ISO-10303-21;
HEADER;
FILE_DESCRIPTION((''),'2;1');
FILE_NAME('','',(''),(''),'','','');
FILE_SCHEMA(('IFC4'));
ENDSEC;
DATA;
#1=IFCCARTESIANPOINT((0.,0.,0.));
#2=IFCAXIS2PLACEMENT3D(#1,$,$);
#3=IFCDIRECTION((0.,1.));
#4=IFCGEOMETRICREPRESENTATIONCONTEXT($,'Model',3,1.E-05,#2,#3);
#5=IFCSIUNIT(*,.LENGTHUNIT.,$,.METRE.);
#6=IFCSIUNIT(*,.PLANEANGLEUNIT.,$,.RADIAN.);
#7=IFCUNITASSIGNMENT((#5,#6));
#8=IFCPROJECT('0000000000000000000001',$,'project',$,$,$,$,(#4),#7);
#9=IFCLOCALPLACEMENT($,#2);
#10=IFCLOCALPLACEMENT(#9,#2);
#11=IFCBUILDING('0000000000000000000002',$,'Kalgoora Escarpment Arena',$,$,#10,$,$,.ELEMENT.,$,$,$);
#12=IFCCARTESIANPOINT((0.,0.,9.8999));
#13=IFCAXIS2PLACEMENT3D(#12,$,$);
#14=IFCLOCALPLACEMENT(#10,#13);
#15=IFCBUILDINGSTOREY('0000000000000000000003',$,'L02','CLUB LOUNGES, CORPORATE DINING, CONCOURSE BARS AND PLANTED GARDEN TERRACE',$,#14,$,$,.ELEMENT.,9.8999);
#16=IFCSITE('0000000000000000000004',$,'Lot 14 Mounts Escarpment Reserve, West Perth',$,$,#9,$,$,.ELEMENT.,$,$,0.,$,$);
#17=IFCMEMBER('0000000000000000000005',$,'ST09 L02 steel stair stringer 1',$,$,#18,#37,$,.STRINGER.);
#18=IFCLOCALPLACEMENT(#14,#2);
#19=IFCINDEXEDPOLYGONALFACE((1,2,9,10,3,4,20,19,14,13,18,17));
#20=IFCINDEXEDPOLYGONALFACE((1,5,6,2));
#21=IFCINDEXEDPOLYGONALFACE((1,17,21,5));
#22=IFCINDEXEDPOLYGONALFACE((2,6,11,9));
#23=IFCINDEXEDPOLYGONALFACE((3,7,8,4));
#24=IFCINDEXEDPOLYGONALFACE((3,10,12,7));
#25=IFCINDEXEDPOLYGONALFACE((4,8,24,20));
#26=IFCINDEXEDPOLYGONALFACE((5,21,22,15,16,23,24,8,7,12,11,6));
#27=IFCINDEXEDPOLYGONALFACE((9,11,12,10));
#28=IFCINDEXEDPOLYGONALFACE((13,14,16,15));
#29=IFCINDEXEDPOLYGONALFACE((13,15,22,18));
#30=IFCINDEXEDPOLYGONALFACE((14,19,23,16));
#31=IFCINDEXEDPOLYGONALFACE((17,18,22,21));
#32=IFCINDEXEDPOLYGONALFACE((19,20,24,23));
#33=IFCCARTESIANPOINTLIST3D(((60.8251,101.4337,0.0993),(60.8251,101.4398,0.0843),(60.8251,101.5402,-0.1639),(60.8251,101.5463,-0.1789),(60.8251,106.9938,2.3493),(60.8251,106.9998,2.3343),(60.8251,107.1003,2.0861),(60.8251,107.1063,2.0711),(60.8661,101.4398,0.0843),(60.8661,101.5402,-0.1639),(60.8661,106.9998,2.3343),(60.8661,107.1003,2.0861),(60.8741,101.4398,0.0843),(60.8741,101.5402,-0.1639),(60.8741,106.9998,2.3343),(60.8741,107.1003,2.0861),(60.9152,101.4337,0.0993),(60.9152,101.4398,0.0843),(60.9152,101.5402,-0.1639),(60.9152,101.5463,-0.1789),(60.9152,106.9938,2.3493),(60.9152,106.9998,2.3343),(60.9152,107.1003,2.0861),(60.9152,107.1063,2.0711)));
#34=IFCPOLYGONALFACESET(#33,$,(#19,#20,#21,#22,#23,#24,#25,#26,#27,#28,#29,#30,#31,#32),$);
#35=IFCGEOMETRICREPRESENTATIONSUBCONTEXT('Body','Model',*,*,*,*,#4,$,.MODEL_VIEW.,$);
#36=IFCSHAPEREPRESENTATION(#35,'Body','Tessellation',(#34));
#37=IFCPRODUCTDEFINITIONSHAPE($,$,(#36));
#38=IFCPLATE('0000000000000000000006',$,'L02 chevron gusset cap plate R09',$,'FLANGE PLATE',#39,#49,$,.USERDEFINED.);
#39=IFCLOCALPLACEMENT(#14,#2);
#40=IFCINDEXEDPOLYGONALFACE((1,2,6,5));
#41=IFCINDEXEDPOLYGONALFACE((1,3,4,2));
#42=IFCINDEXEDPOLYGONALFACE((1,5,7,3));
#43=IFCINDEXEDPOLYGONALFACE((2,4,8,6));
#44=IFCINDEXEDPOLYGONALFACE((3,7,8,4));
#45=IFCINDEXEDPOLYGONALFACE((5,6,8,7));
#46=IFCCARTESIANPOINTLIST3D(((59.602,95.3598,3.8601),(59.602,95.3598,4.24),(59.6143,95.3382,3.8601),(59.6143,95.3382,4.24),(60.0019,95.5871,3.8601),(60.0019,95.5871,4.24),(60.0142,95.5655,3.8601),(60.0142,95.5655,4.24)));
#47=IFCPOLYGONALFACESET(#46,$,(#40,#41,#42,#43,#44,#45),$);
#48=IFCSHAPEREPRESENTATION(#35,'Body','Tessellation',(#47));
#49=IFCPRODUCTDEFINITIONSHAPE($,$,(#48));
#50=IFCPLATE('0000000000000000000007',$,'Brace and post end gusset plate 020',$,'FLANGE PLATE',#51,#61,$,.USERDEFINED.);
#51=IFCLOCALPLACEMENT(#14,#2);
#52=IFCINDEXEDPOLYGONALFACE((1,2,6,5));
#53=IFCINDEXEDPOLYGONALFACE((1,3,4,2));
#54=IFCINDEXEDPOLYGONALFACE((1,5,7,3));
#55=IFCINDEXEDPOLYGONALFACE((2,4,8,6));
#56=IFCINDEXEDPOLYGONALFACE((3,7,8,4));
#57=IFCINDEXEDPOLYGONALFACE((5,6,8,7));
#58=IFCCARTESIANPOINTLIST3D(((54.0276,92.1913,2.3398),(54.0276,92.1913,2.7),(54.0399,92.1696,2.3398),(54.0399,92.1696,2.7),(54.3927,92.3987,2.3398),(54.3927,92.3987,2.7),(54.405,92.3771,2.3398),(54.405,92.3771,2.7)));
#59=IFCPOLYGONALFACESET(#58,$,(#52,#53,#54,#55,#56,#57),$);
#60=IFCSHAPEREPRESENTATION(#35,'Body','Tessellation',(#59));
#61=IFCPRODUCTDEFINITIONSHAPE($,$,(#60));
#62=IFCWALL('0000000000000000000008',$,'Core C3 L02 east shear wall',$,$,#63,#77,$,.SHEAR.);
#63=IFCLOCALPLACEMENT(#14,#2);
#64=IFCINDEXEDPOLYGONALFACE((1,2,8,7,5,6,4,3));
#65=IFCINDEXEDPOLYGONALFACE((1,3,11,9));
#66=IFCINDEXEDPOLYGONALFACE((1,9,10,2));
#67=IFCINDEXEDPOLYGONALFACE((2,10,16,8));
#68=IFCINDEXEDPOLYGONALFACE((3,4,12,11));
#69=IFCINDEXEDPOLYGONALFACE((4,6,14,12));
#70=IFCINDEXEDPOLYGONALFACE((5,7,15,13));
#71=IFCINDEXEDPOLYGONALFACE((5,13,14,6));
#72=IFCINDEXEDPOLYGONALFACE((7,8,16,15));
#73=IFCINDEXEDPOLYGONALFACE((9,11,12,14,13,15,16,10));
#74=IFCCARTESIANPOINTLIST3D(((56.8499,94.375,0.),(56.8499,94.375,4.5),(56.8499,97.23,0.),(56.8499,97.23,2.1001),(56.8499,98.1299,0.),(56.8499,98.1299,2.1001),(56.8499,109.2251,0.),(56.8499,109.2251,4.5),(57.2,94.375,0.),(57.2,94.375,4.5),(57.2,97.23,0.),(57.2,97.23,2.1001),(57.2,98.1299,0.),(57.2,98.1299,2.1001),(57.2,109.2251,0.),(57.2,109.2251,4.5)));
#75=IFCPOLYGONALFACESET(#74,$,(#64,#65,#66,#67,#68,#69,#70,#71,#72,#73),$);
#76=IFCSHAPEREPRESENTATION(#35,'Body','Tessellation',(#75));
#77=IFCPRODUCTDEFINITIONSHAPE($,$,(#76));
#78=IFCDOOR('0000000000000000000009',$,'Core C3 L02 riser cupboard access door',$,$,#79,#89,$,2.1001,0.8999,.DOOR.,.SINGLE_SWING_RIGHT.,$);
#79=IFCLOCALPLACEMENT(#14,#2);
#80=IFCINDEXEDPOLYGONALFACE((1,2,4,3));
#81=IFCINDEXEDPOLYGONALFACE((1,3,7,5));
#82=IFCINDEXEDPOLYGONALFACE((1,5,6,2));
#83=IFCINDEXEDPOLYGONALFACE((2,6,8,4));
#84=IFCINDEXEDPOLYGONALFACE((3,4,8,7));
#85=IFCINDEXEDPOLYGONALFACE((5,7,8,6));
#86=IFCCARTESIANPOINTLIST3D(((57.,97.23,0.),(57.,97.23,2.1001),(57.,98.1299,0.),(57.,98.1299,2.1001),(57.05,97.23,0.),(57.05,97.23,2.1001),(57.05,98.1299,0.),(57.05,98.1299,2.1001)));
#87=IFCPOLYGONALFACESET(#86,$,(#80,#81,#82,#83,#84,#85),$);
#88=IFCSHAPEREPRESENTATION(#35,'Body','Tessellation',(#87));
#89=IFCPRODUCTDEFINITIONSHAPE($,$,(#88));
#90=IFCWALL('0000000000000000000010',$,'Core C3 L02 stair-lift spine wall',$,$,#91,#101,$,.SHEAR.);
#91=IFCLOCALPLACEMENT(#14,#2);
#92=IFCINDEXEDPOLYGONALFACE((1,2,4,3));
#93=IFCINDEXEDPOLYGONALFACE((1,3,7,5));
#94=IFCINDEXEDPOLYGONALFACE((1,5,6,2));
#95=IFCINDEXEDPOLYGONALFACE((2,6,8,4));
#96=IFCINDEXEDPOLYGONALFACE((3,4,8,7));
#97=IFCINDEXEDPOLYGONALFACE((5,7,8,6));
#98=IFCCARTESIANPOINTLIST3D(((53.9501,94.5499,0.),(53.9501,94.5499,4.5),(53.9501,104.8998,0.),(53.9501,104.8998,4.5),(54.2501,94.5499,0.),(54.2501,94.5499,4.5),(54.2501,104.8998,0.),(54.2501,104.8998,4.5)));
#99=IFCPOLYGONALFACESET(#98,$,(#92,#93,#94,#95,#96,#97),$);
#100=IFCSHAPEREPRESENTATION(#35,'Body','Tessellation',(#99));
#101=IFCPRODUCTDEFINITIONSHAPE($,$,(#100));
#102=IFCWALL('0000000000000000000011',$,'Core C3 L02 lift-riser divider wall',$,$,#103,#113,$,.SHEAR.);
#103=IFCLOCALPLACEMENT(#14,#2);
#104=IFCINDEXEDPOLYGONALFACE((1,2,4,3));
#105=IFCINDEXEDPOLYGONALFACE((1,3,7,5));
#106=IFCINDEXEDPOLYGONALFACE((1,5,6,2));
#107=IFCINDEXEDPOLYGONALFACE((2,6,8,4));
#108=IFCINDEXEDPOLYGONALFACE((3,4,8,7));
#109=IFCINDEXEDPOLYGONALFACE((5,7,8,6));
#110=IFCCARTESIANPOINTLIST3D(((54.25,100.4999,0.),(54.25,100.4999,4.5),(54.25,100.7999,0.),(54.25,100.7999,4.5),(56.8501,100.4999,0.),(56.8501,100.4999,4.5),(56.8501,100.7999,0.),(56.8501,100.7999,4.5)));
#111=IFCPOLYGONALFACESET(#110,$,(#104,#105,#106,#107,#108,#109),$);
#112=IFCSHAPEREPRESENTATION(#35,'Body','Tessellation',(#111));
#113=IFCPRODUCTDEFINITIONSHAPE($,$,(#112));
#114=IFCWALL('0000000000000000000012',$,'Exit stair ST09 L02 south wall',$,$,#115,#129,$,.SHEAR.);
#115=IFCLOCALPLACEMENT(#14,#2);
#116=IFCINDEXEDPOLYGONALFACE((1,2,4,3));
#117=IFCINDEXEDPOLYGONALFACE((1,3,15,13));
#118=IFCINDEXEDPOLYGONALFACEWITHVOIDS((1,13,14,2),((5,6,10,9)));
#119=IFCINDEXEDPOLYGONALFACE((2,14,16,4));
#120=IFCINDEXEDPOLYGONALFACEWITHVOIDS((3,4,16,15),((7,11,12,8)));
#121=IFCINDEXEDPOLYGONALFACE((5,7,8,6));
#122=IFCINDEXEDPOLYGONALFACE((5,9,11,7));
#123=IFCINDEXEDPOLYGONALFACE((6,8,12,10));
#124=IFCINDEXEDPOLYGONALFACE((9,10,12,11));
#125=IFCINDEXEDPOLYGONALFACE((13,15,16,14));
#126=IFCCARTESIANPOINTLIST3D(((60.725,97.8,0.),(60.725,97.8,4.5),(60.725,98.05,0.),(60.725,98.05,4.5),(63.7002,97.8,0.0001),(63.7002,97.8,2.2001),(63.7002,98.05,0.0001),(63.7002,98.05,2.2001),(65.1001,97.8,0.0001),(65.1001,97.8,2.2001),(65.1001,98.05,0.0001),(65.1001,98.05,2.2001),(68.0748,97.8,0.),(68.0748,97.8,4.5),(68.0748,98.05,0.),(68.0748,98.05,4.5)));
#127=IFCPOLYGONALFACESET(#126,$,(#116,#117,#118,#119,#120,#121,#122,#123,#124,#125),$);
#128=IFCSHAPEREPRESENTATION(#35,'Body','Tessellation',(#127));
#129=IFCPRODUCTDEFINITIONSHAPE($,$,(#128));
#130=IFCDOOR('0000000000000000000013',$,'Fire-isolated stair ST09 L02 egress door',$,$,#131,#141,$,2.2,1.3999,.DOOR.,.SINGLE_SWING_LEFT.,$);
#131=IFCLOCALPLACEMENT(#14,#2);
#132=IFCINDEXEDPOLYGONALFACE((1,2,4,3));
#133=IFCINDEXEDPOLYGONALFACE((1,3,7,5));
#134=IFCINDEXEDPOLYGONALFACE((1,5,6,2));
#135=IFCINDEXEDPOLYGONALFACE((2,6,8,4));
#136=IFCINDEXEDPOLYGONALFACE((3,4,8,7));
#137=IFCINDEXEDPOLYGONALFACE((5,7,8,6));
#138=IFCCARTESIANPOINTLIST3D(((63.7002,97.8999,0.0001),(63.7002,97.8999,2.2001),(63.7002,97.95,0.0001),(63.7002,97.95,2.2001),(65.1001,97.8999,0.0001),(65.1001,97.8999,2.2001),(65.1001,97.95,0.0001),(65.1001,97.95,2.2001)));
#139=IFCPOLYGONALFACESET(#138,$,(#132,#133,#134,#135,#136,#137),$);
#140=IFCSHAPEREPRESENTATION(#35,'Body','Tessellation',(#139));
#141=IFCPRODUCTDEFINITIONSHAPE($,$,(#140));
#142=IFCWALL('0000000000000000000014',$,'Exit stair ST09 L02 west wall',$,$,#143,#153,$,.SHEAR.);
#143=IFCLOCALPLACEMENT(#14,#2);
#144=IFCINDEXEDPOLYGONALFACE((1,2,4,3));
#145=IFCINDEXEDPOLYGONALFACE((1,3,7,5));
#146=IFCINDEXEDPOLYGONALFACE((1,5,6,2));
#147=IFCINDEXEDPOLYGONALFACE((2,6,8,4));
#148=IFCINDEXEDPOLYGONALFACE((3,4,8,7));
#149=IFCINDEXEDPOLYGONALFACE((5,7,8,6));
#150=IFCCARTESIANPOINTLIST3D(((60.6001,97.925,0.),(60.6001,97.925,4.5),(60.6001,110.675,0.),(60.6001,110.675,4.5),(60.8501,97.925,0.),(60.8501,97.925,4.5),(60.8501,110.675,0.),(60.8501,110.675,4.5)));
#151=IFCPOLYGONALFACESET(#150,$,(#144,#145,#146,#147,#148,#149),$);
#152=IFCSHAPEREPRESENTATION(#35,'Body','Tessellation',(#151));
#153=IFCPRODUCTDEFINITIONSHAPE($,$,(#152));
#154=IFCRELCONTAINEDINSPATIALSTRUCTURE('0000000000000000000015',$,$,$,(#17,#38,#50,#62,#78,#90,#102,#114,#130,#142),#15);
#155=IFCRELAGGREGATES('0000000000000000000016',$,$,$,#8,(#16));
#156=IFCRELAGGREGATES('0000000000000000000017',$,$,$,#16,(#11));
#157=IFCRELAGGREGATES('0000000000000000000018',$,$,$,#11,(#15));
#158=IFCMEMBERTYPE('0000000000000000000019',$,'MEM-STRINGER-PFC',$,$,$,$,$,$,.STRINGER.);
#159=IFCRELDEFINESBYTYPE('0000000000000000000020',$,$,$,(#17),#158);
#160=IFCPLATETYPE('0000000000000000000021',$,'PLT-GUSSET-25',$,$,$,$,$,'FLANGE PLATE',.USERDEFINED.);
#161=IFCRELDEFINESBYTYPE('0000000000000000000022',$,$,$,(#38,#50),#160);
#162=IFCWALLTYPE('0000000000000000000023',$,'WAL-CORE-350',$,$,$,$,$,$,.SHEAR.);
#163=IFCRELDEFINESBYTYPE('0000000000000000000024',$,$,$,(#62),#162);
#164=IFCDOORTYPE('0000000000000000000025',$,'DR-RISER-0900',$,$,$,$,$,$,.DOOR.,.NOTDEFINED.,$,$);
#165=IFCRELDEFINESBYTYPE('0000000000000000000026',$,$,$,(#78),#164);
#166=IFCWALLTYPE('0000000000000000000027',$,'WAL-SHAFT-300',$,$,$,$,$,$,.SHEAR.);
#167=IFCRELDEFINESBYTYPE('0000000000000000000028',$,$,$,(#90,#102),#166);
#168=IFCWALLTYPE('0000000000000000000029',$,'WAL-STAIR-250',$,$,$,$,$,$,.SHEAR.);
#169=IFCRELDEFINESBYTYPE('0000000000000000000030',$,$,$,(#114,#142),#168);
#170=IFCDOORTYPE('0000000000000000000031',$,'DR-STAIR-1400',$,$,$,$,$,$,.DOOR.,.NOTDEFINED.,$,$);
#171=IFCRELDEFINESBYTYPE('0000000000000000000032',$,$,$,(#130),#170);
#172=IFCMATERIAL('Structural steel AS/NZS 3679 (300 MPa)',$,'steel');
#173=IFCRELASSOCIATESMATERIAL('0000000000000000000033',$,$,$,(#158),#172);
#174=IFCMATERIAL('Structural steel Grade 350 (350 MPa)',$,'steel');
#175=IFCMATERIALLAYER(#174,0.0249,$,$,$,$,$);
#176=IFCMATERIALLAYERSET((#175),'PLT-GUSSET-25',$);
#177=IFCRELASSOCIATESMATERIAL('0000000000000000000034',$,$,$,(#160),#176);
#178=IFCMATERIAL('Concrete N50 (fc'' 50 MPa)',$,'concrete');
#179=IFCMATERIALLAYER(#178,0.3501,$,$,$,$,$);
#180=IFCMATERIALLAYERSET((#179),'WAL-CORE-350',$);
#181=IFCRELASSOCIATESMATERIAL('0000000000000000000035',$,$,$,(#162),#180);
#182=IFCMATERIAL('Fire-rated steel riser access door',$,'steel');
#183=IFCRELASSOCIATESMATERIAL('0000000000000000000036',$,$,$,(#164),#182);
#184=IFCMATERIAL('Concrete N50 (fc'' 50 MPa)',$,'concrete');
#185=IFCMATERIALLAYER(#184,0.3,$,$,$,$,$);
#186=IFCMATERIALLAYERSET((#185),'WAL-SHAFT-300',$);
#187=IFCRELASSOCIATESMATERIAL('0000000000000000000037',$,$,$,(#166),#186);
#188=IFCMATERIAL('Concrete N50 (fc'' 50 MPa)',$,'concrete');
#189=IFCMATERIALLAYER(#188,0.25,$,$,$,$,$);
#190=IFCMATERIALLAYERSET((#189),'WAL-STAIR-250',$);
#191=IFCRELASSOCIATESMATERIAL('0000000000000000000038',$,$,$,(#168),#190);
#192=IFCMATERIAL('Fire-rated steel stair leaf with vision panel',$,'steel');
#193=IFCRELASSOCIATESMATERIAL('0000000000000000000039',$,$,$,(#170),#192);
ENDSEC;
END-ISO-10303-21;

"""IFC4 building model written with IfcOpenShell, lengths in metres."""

from ifc_helpers import new_model, si_unit, direction, frame, frame_2d, origin, origin_2d, place, context, subcontext, project, spatial, rectangle, i_section, extrude, material, layer, layer_set, material_profile, profile_set, type_object, element, fill, save


model = new_model("IFC4")

# Units and contexts
model_context = context("Model", 3, precision=1e-05, world=origin(), true_north=direction((0.0, 1.0)))
body_context = subcontext(model_context, "Body", "Model", "MODEL_VIEW")
ifc_project = project(units=[si_unit("LENGTHUNIT", "METRE"), si_unit("PLANEANGLEUNIT", "RADIAN")], contexts=[model_context])

# Site, building, storey
site_placement = place(None, origin())
site = spatial("IfcSite", under=ifc_project, at=site_placement, Name="Lot 14 Mounts Escarpment Reserve, West Perth", CompositionType="ELEMENT", RefElevation=0.0)
building_placement = place(site_placement, origin())
building = spatial("IfcBuilding", under=site, at=building_placement, Name="Kalgoora Escarpment Arena", CompositionType="ELEMENT")
storey_placement = place(building_placement, frame((0.0, 0.0, 9.8999)))
storey = spatial("IfcBuildingStorey", under=building, at=storey_placement, Name="L02", Description="CLUB LOUNGES, CORPORATE DINING, CONCOURSE BARS AND PLANTED GARDEN TERRACE", CompositionType="ELEMENT", Elevation=9.8999)

# Member
ifc_material_1 = material(Name="Structural steel AS/NZS 3679 (300 MPa)", Category="steel")
ifc_material_profile_1 = material_profile(ifc_material_1, i_section(OverallWidth=0.0901, OverallDepth=0.3, WebThickness=0.0081, FlangeThickness=0.0161, at=origin_2d()))
ifc_profile_set_1 = profile_set([ifc_material_profile_1], Name="Structural steel AS/NZS 3679 (300 MPa)")
member_type_1 = type_object("IfcMemberType", Name="MEM-STRINGER-PFC", PredefinedType="STRINGER", material=ifc_profile_set_1)
member_1_placement = place(storey_placement, frame((60.8701, 101.49, -0.0398), z_axis=(0.0, 0.926976, 0.375121), x_axis=(-1.0, 0.0, 0.0)))
element("IfcMember", 1, at=member_1_placement, inside=storey, type_object=member_type_1, Name="ST09 L02 steel stair stringer 1", PredefinedType="STRINGER", context=body_context, shape_type="SweptSolid", body=[
    extrude(i_section(OverallWidth=0.0901, OverallDepth=0.3, WebThickness=0.0081, FlangeThickness=0.0161, at=origin_2d()), origin(), (0.0, 0.0, 1.0), 5.998),
])

# Plates
ifc_material_2 = material(Name="Structural steel Grade 350 (350 MPa)", Category="steel")
ifc_layer_1 = layer(ifc_material_2, 0.0249)
ifc_layer_set_1 = layer_set([ifc_layer_1], Name="PLT-GUSSET-25")
plate_type = type_object("IfcPlateType", Name="PLT-GUSSET-25", ElementType="FLANGE PLATE", PredefinedType="USERDEFINED", material=ifc_layer_set_1)
plate_1_placement = place(storey_placement, frame((59.8081, 95.4626, 3.8601), z_axis=(0.0, 0.0, 1.0), x_axis=(-0.869409, -0.494094, 0.0)))
element("IfcPlate", 2, at=plate_1_placement, inside=storey, type_object=plate_type, Name="L02 chevron gusset cap plate R09", ObjectType="FLANGE PLATE", PredefinedType="USERDEFINED", context=body_context, shape_type="SweptSolid", body=[
    extrude(rectangle(XDim=0.46, YDim=0.0249, at=origin_2d()), origin(), (0.0, 0.0, 1.0), 0.3799),
])
plate_2_placement = place(storey_placement, frame((54.2163, 92.2842, 2.3398), z_axis=(0.0, 0.0, 1.0), x_axis=(0.869495, 0.493942, 0.0)))
element("IfcPlate", 3, at=plate_2_placement, inside=storey, type_object=plate_type, Name="Brace and post end gusset plate 020", ObjectType="FLANGE PLATE", PredefinedType="USERDEFINED", context=body_context, shape_type="SweptSolid", body=[
    extrude(rectangle(XDim=0.4199, YDim=0.0249, at=origin_2d()), origin(), (0.0, 0.0, 1.0), 0.3601),
])

# Wall, opening, door
ifc_material_3 = material(Name="Concrete N50 (fc' 50 MPa)", Category="concrete")
ifc_layer_2 = layer(ifc_material_3, 0.3501)
ifc_layer_set_2 = layer_set([ifc_layer_2], Name="WAL-CORE-350")
wall_type_1 = type_object("IfcWallType", Name="WAL-CORE-350", PredefinedType="SHEAR", material=ifc_layer_set_2)
wall_1_placement = place(storey_placement, frame((57.0249, 94.375, 0.0), z_axis=(0.0, 0.0, 1.0), x_axis=(0.0, 1.0, 0.0)))
wall_1 = element("IfcWall", 4, at=wall_1_placement, inside=storey, type_object=wall_type_1, Name="Core C3 L02 east shear wall", PredefinedType="SHEAR", context=body_context, shape_type="SweptSolid", body=[
    extrude(rectangle(XDim=14.8501, YDim=0.3501, at=frame_2d((7.425, 0.0))), origin(), (0.0, 0.0, 1.0), 4.5),
])
opening_1_placement = place(wall_1_placement, frame((2.855, 0.0, 0.0)))
opening_1 = element("IfcOpeningElement", 5, at=opening_1_placement, cuts=wall_1, PredefinedType="OPENING", context=body_context, shape_type="SweptSolid", body=[
    extrude(rectangle(XDim=0.8999, YDim=2.1001, at=frame_2d((0.45, 1.05))), frame((0.0, 0.1851, 0.0), z_axis=(0.0, -1.0, 0.0), x_axis=(1.0, 0.0, 0.0)), (0.0, 0.0, 1.0), 0.3701),
])
ifc_material_4 = material(Name="Fire-rated steel riser access door", Category="steel")
door_type_1 = type_object("IfcDoorType", Name="DR-RISER-0900", OperationType="NOTDEFINED", PredefinedType="DOOR", material=ifc_material_4)
door_1_placement = place(opening_1_placement, origin())
door_1 = element("IfcDoor", 6, at=door_1_placement, inside=storey, type_object=door_type_1, Name="Core C3 L02 riser cupboard access door", OperationType="SINGLE_SWING_RIGHT", OverallHeight=2.1001, OverallWidth=0.8999, PredefinedType="DOOR", context=body_context, shape_type="SweptSolid", body=[
    extrude(rectangle(XDim=0.8999, YDim=2.1001, at=frame_2d((0.45, 1.05))), frame((0.0, 0.0249, 0.0), z_axis=(0.0, -1.0, 0.0), x_axis=(1.0, 0.0, 0.0)), (0.0, 0.0, 1.0), 0.05),
])
fill(opening_1, door_1)

# Walls
ifc_material_5 = material(Name="Concrete N50 (fc' 50 MPa)", Category="concrete")
ifc_layer_3 = layer(ifc_material_5, 0.3)
ifc_layer_set_3 = layer_set([ifc_layer_3], Name="WAL-SHAFT-300")
wall_type_2 = type_object("IfcWallType", Name="WAL-SHAFT-300", PredefinedType="SHEAR", material=ifc_layer_set_3)
wall_2_placement = place(storey_placement, frame((54.1001, 94.55, 0.0), z_axis=(0.0, 0.0, 1.0), x_axis=(0.0, 1.0, 0.0)))
element("IfcWall", 7, at=wall_2_placement, inside=storey, type_object=wall_type_2, Name="Core C3 L02 stair-lift spine wall", PredefinedType="SHEAR", context=body_context, shape_type="SweptSolid", body=[
    extrude(rectangle(XDim=10.3499, YDim=0.3, at=frame_2d((5.1748, 0.0))), origin(), (0.0, 0.0, 1.0), 4.5),
])
wall_3_placement = place(storey_placement, frame((54.25, 100.6499, 0.0), z_axis=(0.0, 0.0, 1.0), x_axis=(1.0, 0.0, 0.0)))
element("IfcWall", 8, at=wall_3_placement, inside=storey, type_object=wall_type_2, Name="Core C3 L02 lift-riser divider wall", PredefinedType="SHEAR", context=body_context, shape_type="SweptSolid", body=[
    extrude(rectangle(XDim=2.6001, YDim=0.3, at=frame_2d((1.3, 0.0))), origin(), (0.0, 0.0, 1.0), 4.5),
])

# Wall, opening, door
ifc_material_6 = material(Name="Concrete N50 (fc' 50 MPa)", Category="concrete")
ifc_layer_4 = layer(ifc_material_6, 0.25)
ifc_layer_set_4 = layer_set([ifc_layer_4], Name="WAL-STAIR-250")
wall_type_3 = type_object("IfcWallType", Name="WAL-STAIR-250", PredefinedType="SHEAR", material=ifc_layer_set_4)
wall_4_placement = place(storey_placement, frame((60.7251, 97.925, 0.0), z_axis=(0.0, 0.0, 1.0), x_axis=(1.0, 0.0, 0.0)))
wall_4 = element("IfcWall", 9, at=wall_4_placement, inside=storey, type_object=wall_type_3, Name="Exit stair ST09 L02 south wall", PredefinedType="SHEAR", context=body_context, shape_type="SweptSolid", body=[
    extrude(rectangle(XDim=7.3499, YDim=0.25, at=frame_2d((3.6748, 0.0))), origin(), (0.0, 0.0, 1.0), 4.5),
])
opening_2_placement = place(wall_4_placement, frame((2.9751, 0.0, 0.0)))
opening_2 = element("IfcOpeningElement", 10, at=opening_2_placement, cuts=wall_4, PredefinedType="OPENING", context=body_context, shape_type="SweptSolid", body=[
    extrude(rectangle(XDim=1.3999, YDim=2.2, at=frame_2d((0.7, 1.1001))), frame((0.0, 0.135, 0.0), z_axis=(0.0, -1.0, 0.0), x_axis=(1.0, 0.0, 0.0)), (0.0, 0.0, 1.0), 0.27),
])
ifc_material_7 = material(Name="Fire-rated steel stair leaf with vision panel", Category="steel")
door_type_2 = type_object("IfcDoorType", Name="DR-STAIR-1400", OperationType="NOTDEFINED", PredefinedType="DOOR", material=ifc_material_7)
door_2_placement = place(opening_2_placement, origin())
door_2 = element("IfcDoor", 11, at=door_2_placement, inside=storey, type_object=door_type_2, Name="Fire-isolated stair ST09 L02 egress door", OperationType="SINGLE_SWING_LEFT", OverallHeight=2.2, OverallWidth=1.3999, PredefinedType="DOOR", context=body_context, shape_type="SweptSolid", body=[
    extrude(rectangle(XDim=1.3999, YDim=2.2, at=frame_2d((0.7, 1.1001))), frame((0.0, 0.0249, 0.0), z_axis=(0.0, -1.0, 0.0), x_axis=(1.0, 0.0, 0.0)), (0.0, 0.0, 1.0), 0.05),
])
fill(opening_2, door_2)

# Wall
wall_5_placement = place(storey_placement, frame((60.7251, 97.925, 0.0), z_axis=(0.0, 0.0, 1.0), x_axis=(0.0, 1.0, 0.0)))
element("IfcWall", 12, at=wall_5_placement, inside=storey, type_object=wall_type_3, Name="Exit stair ST09 L02 west wall", PredefinedType="SHEAR", context=body_context, shape_type="SweptSolid", body=[
    extrude(rectangle(XDim=12.75, YDim=0.25, at=frame_2d((6.375, 0.0))), origin(), (0.0, 0.0, 1.0), 4.5),
])

save(model, "model.ifc")
